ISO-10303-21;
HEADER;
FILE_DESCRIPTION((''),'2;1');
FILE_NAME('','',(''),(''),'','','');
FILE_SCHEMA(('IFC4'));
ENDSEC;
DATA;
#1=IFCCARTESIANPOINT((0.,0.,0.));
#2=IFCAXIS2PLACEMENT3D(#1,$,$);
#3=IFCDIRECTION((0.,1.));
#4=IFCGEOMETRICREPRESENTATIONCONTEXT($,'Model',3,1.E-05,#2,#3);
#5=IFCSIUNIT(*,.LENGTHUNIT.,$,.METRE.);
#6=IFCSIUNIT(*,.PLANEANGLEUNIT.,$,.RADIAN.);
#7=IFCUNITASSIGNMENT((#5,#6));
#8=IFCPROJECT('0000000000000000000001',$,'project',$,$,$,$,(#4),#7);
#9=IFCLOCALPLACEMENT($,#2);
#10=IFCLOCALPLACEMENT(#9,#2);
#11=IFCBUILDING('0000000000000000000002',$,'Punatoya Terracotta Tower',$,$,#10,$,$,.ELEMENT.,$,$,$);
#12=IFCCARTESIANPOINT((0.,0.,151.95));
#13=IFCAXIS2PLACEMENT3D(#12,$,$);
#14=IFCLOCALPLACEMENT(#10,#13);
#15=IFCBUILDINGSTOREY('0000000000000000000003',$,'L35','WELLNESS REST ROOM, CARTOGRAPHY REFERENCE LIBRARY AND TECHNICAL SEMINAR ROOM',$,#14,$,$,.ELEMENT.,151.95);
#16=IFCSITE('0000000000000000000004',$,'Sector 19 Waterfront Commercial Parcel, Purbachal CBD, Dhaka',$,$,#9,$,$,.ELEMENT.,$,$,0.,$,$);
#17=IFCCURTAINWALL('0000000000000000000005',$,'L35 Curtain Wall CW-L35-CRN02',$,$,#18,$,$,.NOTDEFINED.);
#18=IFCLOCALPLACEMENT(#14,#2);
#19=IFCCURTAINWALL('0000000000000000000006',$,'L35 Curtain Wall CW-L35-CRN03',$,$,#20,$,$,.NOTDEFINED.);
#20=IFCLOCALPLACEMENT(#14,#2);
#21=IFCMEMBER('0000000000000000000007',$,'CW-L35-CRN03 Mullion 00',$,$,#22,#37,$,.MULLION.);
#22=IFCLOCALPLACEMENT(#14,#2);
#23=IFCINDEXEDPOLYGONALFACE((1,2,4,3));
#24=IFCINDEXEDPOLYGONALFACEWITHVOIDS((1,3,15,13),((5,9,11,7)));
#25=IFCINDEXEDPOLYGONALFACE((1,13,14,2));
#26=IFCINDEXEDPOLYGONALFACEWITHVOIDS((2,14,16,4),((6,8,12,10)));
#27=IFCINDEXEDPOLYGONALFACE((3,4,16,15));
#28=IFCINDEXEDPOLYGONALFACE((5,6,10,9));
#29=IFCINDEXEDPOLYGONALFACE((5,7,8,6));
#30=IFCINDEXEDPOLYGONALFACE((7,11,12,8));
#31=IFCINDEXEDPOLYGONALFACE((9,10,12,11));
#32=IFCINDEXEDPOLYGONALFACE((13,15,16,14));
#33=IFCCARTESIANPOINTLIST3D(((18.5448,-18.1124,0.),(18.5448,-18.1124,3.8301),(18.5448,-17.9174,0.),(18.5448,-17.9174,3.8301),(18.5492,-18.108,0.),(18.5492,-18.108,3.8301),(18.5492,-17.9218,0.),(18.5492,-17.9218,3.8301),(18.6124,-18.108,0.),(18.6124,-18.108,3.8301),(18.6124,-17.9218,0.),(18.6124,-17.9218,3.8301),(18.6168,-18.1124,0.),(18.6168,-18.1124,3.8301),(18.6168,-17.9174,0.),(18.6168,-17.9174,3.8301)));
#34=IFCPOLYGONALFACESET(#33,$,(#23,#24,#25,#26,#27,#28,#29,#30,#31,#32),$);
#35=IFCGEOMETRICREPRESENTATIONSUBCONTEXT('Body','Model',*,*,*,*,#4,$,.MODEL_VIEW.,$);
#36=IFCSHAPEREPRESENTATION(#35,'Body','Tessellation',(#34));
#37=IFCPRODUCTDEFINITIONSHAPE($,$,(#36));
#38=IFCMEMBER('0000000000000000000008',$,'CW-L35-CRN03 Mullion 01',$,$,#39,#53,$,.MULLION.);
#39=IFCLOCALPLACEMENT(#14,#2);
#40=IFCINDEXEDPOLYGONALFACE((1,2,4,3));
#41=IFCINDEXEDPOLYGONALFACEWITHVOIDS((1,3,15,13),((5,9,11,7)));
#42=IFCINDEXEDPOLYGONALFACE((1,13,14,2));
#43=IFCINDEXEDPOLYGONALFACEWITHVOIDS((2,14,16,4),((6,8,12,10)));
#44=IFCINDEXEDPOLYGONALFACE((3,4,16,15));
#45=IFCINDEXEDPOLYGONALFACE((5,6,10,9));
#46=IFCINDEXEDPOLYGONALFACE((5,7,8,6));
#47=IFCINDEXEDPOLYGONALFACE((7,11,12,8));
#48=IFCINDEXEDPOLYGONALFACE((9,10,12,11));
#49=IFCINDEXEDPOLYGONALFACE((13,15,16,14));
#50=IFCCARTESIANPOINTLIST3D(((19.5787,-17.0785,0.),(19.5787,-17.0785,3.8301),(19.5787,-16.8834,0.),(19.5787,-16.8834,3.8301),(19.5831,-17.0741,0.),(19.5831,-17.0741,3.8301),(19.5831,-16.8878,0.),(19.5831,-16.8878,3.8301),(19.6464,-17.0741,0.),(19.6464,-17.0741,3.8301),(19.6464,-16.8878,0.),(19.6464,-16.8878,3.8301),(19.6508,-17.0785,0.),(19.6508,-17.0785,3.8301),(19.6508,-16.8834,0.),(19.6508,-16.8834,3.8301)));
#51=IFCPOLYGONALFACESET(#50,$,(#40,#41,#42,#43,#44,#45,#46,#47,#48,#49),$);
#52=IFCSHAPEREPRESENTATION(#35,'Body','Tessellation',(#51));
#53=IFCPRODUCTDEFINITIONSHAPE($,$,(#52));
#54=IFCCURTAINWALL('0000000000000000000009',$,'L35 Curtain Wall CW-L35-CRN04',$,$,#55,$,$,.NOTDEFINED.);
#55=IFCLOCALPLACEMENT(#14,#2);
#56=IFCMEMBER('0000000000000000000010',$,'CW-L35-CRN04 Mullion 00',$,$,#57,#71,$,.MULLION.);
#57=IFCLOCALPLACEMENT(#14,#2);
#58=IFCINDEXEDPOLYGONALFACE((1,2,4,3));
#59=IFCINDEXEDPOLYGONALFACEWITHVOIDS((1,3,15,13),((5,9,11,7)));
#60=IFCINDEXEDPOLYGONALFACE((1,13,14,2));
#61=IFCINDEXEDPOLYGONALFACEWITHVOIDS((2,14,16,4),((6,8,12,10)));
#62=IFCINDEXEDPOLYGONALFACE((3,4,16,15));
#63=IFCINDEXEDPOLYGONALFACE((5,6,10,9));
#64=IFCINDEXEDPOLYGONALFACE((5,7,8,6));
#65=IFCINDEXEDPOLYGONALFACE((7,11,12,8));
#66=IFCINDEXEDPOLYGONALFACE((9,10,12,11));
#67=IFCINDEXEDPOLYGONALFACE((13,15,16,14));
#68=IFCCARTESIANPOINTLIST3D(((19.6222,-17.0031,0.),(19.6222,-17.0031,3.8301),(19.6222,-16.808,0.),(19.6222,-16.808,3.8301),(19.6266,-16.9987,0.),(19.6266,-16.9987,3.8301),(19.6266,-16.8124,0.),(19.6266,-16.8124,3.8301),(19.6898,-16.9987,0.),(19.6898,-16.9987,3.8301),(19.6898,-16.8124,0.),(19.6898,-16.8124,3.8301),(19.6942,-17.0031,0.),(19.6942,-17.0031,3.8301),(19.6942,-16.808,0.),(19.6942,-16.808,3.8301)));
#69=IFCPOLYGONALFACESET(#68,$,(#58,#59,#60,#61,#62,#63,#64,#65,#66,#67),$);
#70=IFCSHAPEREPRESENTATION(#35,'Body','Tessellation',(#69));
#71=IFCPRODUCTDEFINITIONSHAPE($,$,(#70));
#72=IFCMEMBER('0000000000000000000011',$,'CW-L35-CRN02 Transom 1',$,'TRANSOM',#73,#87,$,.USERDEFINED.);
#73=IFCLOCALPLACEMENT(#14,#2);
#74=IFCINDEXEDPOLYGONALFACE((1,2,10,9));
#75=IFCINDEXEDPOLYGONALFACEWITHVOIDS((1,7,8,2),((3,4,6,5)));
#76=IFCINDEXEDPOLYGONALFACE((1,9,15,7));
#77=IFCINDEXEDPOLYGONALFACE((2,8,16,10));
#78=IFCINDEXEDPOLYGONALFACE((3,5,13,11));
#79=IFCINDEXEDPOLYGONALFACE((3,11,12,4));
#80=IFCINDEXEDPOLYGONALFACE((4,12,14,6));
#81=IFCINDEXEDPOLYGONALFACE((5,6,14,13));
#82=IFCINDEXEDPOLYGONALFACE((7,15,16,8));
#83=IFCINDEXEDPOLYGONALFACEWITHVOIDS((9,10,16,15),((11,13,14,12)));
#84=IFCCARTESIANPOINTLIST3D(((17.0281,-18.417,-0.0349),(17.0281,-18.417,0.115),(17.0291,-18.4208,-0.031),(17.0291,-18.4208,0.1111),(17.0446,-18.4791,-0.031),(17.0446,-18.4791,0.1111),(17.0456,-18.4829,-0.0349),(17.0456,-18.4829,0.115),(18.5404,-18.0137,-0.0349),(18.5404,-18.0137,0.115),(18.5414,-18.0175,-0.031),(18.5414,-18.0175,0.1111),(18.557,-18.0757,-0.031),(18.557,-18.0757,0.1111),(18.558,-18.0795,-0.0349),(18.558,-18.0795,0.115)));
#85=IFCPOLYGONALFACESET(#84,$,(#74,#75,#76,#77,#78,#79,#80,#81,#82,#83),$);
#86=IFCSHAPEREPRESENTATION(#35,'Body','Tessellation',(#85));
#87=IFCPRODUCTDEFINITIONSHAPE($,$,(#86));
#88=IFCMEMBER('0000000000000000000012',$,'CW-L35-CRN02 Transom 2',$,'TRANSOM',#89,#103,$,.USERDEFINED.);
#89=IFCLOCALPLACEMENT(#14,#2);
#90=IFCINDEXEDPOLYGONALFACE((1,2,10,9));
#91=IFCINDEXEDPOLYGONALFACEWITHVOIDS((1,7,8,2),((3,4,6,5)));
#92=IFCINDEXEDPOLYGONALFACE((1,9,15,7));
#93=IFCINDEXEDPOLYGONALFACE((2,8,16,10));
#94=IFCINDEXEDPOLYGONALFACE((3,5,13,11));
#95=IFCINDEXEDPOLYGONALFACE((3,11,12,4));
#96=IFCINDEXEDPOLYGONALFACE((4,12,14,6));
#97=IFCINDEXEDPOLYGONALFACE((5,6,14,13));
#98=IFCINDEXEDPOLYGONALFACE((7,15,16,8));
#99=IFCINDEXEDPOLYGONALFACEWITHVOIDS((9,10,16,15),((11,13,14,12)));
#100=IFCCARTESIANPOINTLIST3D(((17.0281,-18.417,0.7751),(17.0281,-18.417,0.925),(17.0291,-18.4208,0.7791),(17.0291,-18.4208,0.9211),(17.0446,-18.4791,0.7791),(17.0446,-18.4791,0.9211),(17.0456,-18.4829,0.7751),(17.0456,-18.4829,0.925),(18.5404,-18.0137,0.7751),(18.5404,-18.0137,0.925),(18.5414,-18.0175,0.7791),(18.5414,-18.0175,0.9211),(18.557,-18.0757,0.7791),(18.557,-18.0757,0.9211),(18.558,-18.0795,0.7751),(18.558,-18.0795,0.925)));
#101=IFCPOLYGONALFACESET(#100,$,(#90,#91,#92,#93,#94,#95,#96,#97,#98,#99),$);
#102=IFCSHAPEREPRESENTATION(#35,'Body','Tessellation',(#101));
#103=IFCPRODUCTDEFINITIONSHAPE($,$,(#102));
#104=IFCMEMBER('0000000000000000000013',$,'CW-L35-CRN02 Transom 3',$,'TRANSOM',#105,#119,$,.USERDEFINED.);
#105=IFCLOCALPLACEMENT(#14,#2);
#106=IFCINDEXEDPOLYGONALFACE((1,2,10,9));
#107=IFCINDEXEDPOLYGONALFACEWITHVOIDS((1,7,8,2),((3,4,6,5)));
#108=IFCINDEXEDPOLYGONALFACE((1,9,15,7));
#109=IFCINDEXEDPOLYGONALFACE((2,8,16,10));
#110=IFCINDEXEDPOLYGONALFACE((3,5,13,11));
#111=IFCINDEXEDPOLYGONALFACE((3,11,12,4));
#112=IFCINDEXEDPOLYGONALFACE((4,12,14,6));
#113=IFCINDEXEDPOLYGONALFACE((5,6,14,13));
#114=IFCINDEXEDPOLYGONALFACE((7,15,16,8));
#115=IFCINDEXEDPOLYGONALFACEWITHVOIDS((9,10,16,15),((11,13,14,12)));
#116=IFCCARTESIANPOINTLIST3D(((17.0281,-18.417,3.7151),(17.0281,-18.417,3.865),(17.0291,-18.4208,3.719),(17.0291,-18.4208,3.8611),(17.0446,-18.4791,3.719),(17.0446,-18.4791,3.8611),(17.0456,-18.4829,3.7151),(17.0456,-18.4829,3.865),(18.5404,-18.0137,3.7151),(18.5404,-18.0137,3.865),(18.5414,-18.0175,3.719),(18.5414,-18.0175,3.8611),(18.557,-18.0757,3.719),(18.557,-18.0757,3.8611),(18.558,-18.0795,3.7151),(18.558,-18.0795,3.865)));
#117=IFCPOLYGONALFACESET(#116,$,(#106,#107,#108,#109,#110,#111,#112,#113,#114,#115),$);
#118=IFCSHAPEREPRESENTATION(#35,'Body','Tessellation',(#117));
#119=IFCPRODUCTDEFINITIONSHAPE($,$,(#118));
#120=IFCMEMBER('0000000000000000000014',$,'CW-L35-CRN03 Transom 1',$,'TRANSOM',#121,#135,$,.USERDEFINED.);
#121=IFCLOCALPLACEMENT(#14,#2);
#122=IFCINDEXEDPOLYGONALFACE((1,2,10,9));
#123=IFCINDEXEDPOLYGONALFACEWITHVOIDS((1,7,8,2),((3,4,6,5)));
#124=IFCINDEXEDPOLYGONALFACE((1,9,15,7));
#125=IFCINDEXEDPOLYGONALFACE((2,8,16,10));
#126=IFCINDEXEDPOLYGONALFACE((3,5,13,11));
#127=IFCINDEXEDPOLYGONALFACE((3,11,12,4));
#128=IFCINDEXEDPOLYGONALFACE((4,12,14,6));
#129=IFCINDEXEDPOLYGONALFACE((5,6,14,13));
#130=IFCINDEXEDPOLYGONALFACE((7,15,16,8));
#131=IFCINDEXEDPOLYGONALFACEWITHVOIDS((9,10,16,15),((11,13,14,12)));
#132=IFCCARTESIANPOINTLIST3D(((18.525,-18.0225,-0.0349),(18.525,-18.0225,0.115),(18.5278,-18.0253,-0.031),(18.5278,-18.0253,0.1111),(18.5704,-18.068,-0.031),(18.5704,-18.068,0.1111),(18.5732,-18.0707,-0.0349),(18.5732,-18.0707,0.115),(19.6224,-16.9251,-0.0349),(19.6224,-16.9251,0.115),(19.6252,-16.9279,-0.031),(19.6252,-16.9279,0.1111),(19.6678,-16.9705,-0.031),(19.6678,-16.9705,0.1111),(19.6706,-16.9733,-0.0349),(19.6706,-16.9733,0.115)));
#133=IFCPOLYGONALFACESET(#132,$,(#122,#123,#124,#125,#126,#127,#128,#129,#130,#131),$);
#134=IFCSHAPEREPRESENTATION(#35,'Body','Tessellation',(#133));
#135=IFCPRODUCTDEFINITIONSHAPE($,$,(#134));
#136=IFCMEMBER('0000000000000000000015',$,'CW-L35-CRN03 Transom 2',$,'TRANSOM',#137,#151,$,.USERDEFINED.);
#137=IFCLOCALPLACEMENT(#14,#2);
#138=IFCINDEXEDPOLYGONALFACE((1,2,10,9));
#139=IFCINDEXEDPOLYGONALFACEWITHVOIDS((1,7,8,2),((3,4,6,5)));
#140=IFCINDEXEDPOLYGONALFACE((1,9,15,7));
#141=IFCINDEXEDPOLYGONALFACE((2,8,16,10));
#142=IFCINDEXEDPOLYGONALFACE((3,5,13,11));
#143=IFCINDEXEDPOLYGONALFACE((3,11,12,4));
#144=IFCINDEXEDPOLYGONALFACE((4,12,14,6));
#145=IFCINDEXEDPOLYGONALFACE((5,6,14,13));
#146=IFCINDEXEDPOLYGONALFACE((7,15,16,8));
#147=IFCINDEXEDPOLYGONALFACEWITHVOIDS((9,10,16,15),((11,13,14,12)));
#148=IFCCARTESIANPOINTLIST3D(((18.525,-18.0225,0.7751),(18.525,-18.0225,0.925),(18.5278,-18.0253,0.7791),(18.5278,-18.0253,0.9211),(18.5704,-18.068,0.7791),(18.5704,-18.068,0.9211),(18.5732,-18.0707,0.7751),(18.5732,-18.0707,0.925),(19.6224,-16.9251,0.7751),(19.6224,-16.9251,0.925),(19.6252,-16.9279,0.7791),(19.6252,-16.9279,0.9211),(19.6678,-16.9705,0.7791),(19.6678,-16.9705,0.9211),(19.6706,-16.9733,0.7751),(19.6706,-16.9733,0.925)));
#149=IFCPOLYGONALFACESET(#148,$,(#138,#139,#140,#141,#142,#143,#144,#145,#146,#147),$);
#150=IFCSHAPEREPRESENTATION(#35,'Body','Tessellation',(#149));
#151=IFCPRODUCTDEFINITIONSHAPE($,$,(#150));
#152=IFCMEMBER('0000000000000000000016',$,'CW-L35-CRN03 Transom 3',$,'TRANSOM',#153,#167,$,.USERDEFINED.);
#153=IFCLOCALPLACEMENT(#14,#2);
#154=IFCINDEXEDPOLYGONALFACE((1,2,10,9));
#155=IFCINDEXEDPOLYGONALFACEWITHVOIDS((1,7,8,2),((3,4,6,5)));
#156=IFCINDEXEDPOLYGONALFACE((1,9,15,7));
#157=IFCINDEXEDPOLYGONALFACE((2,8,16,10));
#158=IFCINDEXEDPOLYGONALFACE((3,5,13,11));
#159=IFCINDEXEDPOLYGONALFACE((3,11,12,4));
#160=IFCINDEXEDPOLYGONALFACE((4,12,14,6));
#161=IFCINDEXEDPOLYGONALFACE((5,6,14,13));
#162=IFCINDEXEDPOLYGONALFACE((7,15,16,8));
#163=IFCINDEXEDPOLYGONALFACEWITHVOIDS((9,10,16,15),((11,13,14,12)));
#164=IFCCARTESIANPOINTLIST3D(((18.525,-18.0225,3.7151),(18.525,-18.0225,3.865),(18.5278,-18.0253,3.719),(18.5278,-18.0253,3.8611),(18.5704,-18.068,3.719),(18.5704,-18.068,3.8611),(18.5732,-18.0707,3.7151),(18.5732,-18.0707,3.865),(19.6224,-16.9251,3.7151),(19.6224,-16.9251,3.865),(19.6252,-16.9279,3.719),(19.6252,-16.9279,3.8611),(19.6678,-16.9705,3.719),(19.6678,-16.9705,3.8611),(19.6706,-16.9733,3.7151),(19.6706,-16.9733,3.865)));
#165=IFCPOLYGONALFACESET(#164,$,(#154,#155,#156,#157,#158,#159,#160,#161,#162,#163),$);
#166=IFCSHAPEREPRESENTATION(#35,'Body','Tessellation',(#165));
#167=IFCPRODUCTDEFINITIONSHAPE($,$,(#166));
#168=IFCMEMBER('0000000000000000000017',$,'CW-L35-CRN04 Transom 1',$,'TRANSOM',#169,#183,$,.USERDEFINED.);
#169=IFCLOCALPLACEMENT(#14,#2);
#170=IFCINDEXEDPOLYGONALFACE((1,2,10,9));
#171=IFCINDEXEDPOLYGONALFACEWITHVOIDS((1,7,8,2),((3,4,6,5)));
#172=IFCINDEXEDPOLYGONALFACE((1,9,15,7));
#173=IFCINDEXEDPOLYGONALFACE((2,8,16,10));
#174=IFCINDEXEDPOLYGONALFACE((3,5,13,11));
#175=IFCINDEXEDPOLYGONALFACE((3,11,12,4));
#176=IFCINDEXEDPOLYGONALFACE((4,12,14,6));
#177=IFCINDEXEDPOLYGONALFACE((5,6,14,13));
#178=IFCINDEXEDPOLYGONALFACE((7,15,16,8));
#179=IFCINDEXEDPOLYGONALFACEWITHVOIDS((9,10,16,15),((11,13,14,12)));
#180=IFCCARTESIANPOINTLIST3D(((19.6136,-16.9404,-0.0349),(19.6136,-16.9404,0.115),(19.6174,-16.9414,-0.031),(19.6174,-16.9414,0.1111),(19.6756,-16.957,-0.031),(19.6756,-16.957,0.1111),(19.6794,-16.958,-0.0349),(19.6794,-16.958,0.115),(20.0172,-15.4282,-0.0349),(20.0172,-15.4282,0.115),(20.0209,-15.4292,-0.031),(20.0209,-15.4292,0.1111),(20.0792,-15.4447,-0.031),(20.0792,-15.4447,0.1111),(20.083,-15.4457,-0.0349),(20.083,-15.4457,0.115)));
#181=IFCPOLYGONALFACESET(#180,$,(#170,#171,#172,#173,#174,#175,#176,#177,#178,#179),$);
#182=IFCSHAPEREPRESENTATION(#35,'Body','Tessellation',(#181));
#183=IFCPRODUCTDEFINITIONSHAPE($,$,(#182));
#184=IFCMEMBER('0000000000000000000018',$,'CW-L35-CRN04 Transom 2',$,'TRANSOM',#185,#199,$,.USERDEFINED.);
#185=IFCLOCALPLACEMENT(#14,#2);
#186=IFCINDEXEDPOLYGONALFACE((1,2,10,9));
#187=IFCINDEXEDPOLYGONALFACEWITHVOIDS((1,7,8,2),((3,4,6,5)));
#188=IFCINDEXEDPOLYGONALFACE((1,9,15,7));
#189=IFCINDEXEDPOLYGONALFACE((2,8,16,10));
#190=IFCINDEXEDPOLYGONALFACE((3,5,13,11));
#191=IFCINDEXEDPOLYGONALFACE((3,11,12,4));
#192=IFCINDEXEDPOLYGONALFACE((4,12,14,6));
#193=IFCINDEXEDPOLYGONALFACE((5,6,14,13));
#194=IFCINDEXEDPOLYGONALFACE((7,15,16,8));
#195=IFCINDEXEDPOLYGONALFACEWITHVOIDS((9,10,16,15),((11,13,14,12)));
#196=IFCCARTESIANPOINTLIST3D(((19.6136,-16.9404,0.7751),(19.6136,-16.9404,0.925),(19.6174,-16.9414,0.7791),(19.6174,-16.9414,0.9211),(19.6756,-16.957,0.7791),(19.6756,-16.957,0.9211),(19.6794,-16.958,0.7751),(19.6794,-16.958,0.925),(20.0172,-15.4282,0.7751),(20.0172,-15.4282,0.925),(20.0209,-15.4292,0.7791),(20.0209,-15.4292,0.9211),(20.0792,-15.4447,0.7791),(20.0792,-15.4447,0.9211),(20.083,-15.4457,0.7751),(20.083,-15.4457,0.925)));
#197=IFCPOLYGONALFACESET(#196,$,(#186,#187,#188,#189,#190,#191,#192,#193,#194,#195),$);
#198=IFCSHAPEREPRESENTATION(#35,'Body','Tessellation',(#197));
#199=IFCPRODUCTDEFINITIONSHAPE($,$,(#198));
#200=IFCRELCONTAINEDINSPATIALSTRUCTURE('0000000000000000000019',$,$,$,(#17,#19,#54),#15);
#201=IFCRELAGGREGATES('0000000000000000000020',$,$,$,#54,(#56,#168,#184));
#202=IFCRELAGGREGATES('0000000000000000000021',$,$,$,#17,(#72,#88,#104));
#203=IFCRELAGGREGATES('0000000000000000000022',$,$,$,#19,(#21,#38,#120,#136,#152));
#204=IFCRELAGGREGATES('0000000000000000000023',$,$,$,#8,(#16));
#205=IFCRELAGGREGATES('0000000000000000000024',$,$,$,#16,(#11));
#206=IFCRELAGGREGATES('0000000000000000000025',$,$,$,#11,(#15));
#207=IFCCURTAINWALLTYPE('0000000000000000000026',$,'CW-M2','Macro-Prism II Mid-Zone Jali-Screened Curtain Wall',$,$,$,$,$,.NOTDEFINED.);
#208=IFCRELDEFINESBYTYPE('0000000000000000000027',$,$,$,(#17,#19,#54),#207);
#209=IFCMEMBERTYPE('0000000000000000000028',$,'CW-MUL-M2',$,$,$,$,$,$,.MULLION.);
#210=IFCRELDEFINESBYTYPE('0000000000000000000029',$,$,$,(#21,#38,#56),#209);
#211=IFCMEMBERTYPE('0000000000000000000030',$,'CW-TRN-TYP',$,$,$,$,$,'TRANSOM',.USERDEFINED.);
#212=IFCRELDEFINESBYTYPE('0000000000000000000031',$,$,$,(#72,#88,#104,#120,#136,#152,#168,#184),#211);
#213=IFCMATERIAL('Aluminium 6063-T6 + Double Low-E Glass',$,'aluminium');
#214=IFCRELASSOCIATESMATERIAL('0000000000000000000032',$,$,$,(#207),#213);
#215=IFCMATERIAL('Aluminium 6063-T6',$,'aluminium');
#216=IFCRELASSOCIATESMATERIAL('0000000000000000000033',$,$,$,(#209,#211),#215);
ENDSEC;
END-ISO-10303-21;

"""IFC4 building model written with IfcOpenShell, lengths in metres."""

from ifc_helpers import new_model, si_unit, direction, frame, origin, origin_2d, place, context, subcontext, project, spatial, hollow_rectangle, extrude, material, material_profile, profile_set, type_object, element, aggregate, save


model = new_model("IFC4")

# Units and contexts
model_context = context("Model", 3, precision=1e-05, world=origin(), true_north=direction((0.0, 1.0)))
body_context = subcontext(model_context, "Body", "Model", "MODEL_VIEW")
ifc_project = project(units=[si_unit("LENGTHUNIT", "METRE"), si_unit("PLANEANGLEUNIT", "RADIAN")], contexts=[model_context])

# Site, building, storey
site_placement = place(None, origin())
site = spatial("IfcSite", under=ifc_project, at=site_placement, Name="Sector 19 Waterfront Commercial Parcel, Purbachal CBD, Dhaka", CompositionType="ELEMENT", RefElevation=0.0)
building_placement = place(site_placement, origin())
building = spatial("IfcBuilding", under=site, at=building_placement, Name="Punatoya Terracotta Tower", CompositionType="ELEMENT")
storey_placement = place(building_placement, frame((0.0, 0.0, 151.95)))
storey = spatial("IfcBuildingStorey", under=building, at=storey_placement, Name="L35", Description="WELLNESS REST ROOM, CARTOGRAPHY REFERENCE LIBRARY AND TECHNICAL SEMINAR ROOM", CompositionType="ELEMENT", Elevation=151.95)

# Curtain walls, members
ifc_material_1 = material(Name="Aluminium 6063-T6 + Double Low-E Glass", Category="aluminium")
curtain_wall_type = type_object("IfcCurtainWallType", Name="CW-M2", Description="Macro-Prism II Mid-Zone Jali-Screened Curtain Wall", PredefinedType="NOTDEFINED", material=ifc_material_1)
ifc_material_2 = material(Name="Aluminium 6063-T6", Category="aluminium")
ifc_material_profile_1 = material_profile(ifc_material_2, hollow_rectangle(XDim=0.072, YDim=0.1951, WallThickness=0.0044, at=origin_2d()))
ifc_profile_set_1 = profile_set([ifc_material_profile_1], Name="Aluminium 6063-T6")
member_type_1 = type_object("IfcMemberType", Name="CW-MUL-M2", PredefinedType="MULLION", material=ifc_profile_set_1)
curtain_wall_1_placement = place(storey_placement, origin())
curtain_wall_1 = element("IfcCurtainWall", 1, at=curtain_wall_1_placement, inside=storey, type_object=curtain_wall_type, Name="L35 Curtain Wall CW-L35-CRN02", PredefinedType="NOTDEFINED")
curtain_wall_2_placement = place(storey_placement, origin())
curtain_wall_2 = element("IfcCurtainWall", 2, at=curtain_wall_2_placement, inside=storey, type_object=curtain_wall_type, Name="L35 Curtain Wall CW-L35-CRN03", PredefinedType="NOTDEFINED")
member_1_placement = place(storey_placement, frame((18.5808, -18.0149, 0.0), z_axis=(0.0, 0.0, 1.0), x_axis=(1.0, 0.0, 0.0)))
member_1 = element("IfcMember", 3, at=member_1_placement, type_object=member_type_1, Name="CW-L35-CRN03 Mullion 00", PredefinedType="MULLION", context=body_context, shape_type="SweptSolid", body=[
    extrude(hollow_rectangle(XDim=0.072, YDim=0.1951, WallThickness=0.0044, at=origin_2d()), origin(), (0.0, 0.0, 1.0), 3.8301),
])
member_2_placement = place(storey_placement, frame((19.6147, -16.981, 0.0), z_axis=(0.0, 0.0, 1.0), x_axis=(1.0, 0.0, 0.0)))
member_2 = element("IfcMember", 4, at=member_2_placement, type_object=member_type_1, Name="CW-L35-CRN03 Mullion 01", PredefinedType="MULLION", context=body_context, shape_type="SweptSolid", body=[
    extrude(hollow_rectangle(XDim=0.072, YDim=0.1951, WallThickness=0.0044, at=origin_2d()), origin(), (0.0, 0.0, 1.0), 3.8301),
])

# Curtain wall, member
curtain_wall_3_placement = place(storey_placement, origin())
curtain_wall_3 = element("IfcCurtainWall", 5, at=curtain_wall_3_placement, inside=storey, type_object=curtain_wall_type, Name="L35 Curtain Wall CW-L35-CRN04", PredefinedType="NOTDEFINED")
member_3_placement = place(storey_placement, frame((19.6582, -16.9055, 0.0), z_axis=(0.0, 0.0, 1.0), x_axis=(1.0, 0.0, 0.0)))
member_3 = element("IfcMember", 6, at=member_3_placement, type_object=member_type_1, Name="CW-L35-CRN04 Mullion 00", PredefinedType="MULLION", context=body_context, shape_type="SweptSolid", body=[
    extrude(hollow_rectangle(XDim=0.072, YDim=0.1951, WallThickness=0.0044, at=origin_2d()), origin(), (0.0, 0.0, 1.0), 3.8301),
])

# Members
ifc_material_profile_2 = material_profile(ifc_material_2, hollow_rectangle(XDim=0.0681, YDim=0.1499, WallThickness=0.0039, at=origin_2d()))
ifc_profile_set_2 = profile_set([ifc_material_profile_2], Name="Aluminium 6063-T6")
member_type_2 = type_object("IfcMemberType", Name="CW-TRN-TYP", ElementType="TRANSOM", PredefinedType="USERDEFINED", material=ifc_profile_set_2)
member_4_placement = place(storey_placement, frame((17.0369, -18.45, 0.04), z_axis=(0.966225, 0.257701, 0.0), x_axis=(-0.257701, 0.966225, 0.0)))
member_4 = element("IfcMember", 7, at=member_4_placement, type_object=member_type_2, Name="CW-L35-CRN02 Transom 1", ObjectType="TRANSOM", PredefinedType="USERDEFINED", context=body_context, shape_type="SweptSolid", body=[
    extrude(hollow_rectangle(XDim=0.0681, YDim=0.1499, WallThickness=0.0039, at=origin_2d()), origin(), (0.0, 0.0, 1.0), 1.5652),
])
member_5_placement = place(storey_placement, frame((17.0369, -18.45, 0.8501), z_axis=(0.966225, 0.257701, 0.0), x_axis=(-0.257701, 0.966225, 0.0)))
member_5 = element("IfcMember", 8, at=member_5_placement, type_object=member_type_2, Name="CW-L35-CRN02 Transom 2", ObjectType="TRANSOM", PredefinedType="USERDEFINED", context=body_context, shape_type="SweptSolid", body=[
    extrude(hollow_rectangle(XDim=0.0681, YDim=0.1499, WallThickness=0.0039, at=origin_2d()), origin(), (0.0, 0.0, 1.0), 1.5652),
])
member_6_placement = place(storey_placement, frame((17.0369, -18.45, 3.79), z_axis=(0.966225, 0.257701, 0.0), x_axis=(-0.257701, 0.966225, 0.0)))
member_6 = element("IfcMember", 9, at=member_6_placement, type_object=member_type_2, Name="CW-L35-CRN02 Transom 3", ObjectType="TRANSOM", PredefinedType="USERDEFINED", context=body_context, shape_type="SweptSolid", body=[
    extrude(hollow_rectangle(XDim=0.0681, YDim=0.1499, WallThickness=0.0039, at=origin_2d()), origin(), (0.0, 0.0, 1.0), 1.5652),
])
member_7_placement = place(storey_placement, frame((18.5491, -18.0466, 0.04), z_axis=(0.707107, 0.707107, 0.0), x_axis=(-0.707107, 0.707107, 0.0)))
member_7 = element("IfcMember", 10, at=member_7_placement, type_object=member_type_2, Name="CW-L35-CRN03 Transom 1", ObjectType="TRANSOM", PredefinedType="USERDEFINED", context=body_context, shape_type="SweptSolid", body=[
    extrude(hollow_rectangle(XDim=0.0681, YDim=0.1499, WallThickness=0.0039, at=origin_2d()), origin(), (0.0, 0.0, 1.0), 1.552),
])
member_8_placement = place(storey_placement, frame((18.5491, -18.0466, 0.8501), z_axis=(0.707107, 0.707107, 0.0), x_axis=(-0.707107, 0.707107, 0.0)))
member_8 = element("IfcMember", 11, at=member_8_placement, type_object=member_type_2, Name="CW-L35-CRN03 Transom 2", ObjectType="TRANSOM", PredefinedType="USERDEFINED", context=body_context, shape_type="SweptSolid", body=[
    extrude(hollow_rectangle(XDim=0.0681, YDim=0.1499, WallThickness=0.0039, at=origin_2d()), origin(), (0.0, 0.0, 1.0), 1.552),
])
member_9_placement = place(storey_placement, frame((18.5491, -18.0466, 3.79), z_axis=(0.707107, 0.707107, 0.0), x_axis=(-0.707107, 0.707107, 0.0)))
member_9 = element("IfcMember", 12, at=member_9_placement, type_object=member_type_2, Name="CW-L35-CRN03 Transom 3", ObjectType="TRANSOM", PredefinedType="USERDEFINED", context=body_context, shape_type="SweptSolid", body=[
    extrude(hollow_rectangle(XDim=0.0681, YDim=0.1499, WallThickness=0.0039, at=origin_2d()), origin(), (0.0, 0.0, 1.0), 1.552),
])
member_10_placement = place(storey_placement, frame((19.6465, -16.9492, 0.04), z_axis=(0.257847, 0.966186, 0.0), x_axis=(-0.966186, 0.257847, 0.0)))
member_10 = element("IfcMember", 13, at=member_10_placement, type_object=member_type_2, Name="CW-L35-CRN04 Transom 1", ObjectType="TRANSOM", PredefinedType="USERDEFINED", context=body_context, shape_type="SweptSolid", body=[
    extrude(hollow_rectangle(XDim=0.0681, YDim=0.1499, WallThickness=0.0039, at=origin_2d()), origin(), (0.0, 0.0, 1.0), 1.5652),
])
member_11_placement = place(storey_placement, frame((19.6465, -16.9492, 0.8501), z_axis=(0.257847, 0.966186, 0.0), x_axis=(-0.966186, 0.257847, 0.0)))
member_11 = element("IfcMember", 14, at=member_11_placement, type_object=member_type_2, Name="CW-L35-CRN04 Transom 2", ObjectType="TRANSOM", PredefinedType="USERDEFINED", context=body_context, shape_type="SweptSolid", body=[
    extrude(hollow_rectangle(XDim=0.0681, YDim=0.1499, WallThickness=0.0039, at=origin_2d()), origin(), (0.0, 0.0, 1.0), 1.5652),
])
aggregate(curtain_wall_3, [member_3, member_10, member_11])

aggregate(curtain_wall_1, [member_4, member_5, member_6])
aggregate(curtain_wall_2, [member_1, member_2, member_7, member_8, member_9])

save(model, "model.ifc")
